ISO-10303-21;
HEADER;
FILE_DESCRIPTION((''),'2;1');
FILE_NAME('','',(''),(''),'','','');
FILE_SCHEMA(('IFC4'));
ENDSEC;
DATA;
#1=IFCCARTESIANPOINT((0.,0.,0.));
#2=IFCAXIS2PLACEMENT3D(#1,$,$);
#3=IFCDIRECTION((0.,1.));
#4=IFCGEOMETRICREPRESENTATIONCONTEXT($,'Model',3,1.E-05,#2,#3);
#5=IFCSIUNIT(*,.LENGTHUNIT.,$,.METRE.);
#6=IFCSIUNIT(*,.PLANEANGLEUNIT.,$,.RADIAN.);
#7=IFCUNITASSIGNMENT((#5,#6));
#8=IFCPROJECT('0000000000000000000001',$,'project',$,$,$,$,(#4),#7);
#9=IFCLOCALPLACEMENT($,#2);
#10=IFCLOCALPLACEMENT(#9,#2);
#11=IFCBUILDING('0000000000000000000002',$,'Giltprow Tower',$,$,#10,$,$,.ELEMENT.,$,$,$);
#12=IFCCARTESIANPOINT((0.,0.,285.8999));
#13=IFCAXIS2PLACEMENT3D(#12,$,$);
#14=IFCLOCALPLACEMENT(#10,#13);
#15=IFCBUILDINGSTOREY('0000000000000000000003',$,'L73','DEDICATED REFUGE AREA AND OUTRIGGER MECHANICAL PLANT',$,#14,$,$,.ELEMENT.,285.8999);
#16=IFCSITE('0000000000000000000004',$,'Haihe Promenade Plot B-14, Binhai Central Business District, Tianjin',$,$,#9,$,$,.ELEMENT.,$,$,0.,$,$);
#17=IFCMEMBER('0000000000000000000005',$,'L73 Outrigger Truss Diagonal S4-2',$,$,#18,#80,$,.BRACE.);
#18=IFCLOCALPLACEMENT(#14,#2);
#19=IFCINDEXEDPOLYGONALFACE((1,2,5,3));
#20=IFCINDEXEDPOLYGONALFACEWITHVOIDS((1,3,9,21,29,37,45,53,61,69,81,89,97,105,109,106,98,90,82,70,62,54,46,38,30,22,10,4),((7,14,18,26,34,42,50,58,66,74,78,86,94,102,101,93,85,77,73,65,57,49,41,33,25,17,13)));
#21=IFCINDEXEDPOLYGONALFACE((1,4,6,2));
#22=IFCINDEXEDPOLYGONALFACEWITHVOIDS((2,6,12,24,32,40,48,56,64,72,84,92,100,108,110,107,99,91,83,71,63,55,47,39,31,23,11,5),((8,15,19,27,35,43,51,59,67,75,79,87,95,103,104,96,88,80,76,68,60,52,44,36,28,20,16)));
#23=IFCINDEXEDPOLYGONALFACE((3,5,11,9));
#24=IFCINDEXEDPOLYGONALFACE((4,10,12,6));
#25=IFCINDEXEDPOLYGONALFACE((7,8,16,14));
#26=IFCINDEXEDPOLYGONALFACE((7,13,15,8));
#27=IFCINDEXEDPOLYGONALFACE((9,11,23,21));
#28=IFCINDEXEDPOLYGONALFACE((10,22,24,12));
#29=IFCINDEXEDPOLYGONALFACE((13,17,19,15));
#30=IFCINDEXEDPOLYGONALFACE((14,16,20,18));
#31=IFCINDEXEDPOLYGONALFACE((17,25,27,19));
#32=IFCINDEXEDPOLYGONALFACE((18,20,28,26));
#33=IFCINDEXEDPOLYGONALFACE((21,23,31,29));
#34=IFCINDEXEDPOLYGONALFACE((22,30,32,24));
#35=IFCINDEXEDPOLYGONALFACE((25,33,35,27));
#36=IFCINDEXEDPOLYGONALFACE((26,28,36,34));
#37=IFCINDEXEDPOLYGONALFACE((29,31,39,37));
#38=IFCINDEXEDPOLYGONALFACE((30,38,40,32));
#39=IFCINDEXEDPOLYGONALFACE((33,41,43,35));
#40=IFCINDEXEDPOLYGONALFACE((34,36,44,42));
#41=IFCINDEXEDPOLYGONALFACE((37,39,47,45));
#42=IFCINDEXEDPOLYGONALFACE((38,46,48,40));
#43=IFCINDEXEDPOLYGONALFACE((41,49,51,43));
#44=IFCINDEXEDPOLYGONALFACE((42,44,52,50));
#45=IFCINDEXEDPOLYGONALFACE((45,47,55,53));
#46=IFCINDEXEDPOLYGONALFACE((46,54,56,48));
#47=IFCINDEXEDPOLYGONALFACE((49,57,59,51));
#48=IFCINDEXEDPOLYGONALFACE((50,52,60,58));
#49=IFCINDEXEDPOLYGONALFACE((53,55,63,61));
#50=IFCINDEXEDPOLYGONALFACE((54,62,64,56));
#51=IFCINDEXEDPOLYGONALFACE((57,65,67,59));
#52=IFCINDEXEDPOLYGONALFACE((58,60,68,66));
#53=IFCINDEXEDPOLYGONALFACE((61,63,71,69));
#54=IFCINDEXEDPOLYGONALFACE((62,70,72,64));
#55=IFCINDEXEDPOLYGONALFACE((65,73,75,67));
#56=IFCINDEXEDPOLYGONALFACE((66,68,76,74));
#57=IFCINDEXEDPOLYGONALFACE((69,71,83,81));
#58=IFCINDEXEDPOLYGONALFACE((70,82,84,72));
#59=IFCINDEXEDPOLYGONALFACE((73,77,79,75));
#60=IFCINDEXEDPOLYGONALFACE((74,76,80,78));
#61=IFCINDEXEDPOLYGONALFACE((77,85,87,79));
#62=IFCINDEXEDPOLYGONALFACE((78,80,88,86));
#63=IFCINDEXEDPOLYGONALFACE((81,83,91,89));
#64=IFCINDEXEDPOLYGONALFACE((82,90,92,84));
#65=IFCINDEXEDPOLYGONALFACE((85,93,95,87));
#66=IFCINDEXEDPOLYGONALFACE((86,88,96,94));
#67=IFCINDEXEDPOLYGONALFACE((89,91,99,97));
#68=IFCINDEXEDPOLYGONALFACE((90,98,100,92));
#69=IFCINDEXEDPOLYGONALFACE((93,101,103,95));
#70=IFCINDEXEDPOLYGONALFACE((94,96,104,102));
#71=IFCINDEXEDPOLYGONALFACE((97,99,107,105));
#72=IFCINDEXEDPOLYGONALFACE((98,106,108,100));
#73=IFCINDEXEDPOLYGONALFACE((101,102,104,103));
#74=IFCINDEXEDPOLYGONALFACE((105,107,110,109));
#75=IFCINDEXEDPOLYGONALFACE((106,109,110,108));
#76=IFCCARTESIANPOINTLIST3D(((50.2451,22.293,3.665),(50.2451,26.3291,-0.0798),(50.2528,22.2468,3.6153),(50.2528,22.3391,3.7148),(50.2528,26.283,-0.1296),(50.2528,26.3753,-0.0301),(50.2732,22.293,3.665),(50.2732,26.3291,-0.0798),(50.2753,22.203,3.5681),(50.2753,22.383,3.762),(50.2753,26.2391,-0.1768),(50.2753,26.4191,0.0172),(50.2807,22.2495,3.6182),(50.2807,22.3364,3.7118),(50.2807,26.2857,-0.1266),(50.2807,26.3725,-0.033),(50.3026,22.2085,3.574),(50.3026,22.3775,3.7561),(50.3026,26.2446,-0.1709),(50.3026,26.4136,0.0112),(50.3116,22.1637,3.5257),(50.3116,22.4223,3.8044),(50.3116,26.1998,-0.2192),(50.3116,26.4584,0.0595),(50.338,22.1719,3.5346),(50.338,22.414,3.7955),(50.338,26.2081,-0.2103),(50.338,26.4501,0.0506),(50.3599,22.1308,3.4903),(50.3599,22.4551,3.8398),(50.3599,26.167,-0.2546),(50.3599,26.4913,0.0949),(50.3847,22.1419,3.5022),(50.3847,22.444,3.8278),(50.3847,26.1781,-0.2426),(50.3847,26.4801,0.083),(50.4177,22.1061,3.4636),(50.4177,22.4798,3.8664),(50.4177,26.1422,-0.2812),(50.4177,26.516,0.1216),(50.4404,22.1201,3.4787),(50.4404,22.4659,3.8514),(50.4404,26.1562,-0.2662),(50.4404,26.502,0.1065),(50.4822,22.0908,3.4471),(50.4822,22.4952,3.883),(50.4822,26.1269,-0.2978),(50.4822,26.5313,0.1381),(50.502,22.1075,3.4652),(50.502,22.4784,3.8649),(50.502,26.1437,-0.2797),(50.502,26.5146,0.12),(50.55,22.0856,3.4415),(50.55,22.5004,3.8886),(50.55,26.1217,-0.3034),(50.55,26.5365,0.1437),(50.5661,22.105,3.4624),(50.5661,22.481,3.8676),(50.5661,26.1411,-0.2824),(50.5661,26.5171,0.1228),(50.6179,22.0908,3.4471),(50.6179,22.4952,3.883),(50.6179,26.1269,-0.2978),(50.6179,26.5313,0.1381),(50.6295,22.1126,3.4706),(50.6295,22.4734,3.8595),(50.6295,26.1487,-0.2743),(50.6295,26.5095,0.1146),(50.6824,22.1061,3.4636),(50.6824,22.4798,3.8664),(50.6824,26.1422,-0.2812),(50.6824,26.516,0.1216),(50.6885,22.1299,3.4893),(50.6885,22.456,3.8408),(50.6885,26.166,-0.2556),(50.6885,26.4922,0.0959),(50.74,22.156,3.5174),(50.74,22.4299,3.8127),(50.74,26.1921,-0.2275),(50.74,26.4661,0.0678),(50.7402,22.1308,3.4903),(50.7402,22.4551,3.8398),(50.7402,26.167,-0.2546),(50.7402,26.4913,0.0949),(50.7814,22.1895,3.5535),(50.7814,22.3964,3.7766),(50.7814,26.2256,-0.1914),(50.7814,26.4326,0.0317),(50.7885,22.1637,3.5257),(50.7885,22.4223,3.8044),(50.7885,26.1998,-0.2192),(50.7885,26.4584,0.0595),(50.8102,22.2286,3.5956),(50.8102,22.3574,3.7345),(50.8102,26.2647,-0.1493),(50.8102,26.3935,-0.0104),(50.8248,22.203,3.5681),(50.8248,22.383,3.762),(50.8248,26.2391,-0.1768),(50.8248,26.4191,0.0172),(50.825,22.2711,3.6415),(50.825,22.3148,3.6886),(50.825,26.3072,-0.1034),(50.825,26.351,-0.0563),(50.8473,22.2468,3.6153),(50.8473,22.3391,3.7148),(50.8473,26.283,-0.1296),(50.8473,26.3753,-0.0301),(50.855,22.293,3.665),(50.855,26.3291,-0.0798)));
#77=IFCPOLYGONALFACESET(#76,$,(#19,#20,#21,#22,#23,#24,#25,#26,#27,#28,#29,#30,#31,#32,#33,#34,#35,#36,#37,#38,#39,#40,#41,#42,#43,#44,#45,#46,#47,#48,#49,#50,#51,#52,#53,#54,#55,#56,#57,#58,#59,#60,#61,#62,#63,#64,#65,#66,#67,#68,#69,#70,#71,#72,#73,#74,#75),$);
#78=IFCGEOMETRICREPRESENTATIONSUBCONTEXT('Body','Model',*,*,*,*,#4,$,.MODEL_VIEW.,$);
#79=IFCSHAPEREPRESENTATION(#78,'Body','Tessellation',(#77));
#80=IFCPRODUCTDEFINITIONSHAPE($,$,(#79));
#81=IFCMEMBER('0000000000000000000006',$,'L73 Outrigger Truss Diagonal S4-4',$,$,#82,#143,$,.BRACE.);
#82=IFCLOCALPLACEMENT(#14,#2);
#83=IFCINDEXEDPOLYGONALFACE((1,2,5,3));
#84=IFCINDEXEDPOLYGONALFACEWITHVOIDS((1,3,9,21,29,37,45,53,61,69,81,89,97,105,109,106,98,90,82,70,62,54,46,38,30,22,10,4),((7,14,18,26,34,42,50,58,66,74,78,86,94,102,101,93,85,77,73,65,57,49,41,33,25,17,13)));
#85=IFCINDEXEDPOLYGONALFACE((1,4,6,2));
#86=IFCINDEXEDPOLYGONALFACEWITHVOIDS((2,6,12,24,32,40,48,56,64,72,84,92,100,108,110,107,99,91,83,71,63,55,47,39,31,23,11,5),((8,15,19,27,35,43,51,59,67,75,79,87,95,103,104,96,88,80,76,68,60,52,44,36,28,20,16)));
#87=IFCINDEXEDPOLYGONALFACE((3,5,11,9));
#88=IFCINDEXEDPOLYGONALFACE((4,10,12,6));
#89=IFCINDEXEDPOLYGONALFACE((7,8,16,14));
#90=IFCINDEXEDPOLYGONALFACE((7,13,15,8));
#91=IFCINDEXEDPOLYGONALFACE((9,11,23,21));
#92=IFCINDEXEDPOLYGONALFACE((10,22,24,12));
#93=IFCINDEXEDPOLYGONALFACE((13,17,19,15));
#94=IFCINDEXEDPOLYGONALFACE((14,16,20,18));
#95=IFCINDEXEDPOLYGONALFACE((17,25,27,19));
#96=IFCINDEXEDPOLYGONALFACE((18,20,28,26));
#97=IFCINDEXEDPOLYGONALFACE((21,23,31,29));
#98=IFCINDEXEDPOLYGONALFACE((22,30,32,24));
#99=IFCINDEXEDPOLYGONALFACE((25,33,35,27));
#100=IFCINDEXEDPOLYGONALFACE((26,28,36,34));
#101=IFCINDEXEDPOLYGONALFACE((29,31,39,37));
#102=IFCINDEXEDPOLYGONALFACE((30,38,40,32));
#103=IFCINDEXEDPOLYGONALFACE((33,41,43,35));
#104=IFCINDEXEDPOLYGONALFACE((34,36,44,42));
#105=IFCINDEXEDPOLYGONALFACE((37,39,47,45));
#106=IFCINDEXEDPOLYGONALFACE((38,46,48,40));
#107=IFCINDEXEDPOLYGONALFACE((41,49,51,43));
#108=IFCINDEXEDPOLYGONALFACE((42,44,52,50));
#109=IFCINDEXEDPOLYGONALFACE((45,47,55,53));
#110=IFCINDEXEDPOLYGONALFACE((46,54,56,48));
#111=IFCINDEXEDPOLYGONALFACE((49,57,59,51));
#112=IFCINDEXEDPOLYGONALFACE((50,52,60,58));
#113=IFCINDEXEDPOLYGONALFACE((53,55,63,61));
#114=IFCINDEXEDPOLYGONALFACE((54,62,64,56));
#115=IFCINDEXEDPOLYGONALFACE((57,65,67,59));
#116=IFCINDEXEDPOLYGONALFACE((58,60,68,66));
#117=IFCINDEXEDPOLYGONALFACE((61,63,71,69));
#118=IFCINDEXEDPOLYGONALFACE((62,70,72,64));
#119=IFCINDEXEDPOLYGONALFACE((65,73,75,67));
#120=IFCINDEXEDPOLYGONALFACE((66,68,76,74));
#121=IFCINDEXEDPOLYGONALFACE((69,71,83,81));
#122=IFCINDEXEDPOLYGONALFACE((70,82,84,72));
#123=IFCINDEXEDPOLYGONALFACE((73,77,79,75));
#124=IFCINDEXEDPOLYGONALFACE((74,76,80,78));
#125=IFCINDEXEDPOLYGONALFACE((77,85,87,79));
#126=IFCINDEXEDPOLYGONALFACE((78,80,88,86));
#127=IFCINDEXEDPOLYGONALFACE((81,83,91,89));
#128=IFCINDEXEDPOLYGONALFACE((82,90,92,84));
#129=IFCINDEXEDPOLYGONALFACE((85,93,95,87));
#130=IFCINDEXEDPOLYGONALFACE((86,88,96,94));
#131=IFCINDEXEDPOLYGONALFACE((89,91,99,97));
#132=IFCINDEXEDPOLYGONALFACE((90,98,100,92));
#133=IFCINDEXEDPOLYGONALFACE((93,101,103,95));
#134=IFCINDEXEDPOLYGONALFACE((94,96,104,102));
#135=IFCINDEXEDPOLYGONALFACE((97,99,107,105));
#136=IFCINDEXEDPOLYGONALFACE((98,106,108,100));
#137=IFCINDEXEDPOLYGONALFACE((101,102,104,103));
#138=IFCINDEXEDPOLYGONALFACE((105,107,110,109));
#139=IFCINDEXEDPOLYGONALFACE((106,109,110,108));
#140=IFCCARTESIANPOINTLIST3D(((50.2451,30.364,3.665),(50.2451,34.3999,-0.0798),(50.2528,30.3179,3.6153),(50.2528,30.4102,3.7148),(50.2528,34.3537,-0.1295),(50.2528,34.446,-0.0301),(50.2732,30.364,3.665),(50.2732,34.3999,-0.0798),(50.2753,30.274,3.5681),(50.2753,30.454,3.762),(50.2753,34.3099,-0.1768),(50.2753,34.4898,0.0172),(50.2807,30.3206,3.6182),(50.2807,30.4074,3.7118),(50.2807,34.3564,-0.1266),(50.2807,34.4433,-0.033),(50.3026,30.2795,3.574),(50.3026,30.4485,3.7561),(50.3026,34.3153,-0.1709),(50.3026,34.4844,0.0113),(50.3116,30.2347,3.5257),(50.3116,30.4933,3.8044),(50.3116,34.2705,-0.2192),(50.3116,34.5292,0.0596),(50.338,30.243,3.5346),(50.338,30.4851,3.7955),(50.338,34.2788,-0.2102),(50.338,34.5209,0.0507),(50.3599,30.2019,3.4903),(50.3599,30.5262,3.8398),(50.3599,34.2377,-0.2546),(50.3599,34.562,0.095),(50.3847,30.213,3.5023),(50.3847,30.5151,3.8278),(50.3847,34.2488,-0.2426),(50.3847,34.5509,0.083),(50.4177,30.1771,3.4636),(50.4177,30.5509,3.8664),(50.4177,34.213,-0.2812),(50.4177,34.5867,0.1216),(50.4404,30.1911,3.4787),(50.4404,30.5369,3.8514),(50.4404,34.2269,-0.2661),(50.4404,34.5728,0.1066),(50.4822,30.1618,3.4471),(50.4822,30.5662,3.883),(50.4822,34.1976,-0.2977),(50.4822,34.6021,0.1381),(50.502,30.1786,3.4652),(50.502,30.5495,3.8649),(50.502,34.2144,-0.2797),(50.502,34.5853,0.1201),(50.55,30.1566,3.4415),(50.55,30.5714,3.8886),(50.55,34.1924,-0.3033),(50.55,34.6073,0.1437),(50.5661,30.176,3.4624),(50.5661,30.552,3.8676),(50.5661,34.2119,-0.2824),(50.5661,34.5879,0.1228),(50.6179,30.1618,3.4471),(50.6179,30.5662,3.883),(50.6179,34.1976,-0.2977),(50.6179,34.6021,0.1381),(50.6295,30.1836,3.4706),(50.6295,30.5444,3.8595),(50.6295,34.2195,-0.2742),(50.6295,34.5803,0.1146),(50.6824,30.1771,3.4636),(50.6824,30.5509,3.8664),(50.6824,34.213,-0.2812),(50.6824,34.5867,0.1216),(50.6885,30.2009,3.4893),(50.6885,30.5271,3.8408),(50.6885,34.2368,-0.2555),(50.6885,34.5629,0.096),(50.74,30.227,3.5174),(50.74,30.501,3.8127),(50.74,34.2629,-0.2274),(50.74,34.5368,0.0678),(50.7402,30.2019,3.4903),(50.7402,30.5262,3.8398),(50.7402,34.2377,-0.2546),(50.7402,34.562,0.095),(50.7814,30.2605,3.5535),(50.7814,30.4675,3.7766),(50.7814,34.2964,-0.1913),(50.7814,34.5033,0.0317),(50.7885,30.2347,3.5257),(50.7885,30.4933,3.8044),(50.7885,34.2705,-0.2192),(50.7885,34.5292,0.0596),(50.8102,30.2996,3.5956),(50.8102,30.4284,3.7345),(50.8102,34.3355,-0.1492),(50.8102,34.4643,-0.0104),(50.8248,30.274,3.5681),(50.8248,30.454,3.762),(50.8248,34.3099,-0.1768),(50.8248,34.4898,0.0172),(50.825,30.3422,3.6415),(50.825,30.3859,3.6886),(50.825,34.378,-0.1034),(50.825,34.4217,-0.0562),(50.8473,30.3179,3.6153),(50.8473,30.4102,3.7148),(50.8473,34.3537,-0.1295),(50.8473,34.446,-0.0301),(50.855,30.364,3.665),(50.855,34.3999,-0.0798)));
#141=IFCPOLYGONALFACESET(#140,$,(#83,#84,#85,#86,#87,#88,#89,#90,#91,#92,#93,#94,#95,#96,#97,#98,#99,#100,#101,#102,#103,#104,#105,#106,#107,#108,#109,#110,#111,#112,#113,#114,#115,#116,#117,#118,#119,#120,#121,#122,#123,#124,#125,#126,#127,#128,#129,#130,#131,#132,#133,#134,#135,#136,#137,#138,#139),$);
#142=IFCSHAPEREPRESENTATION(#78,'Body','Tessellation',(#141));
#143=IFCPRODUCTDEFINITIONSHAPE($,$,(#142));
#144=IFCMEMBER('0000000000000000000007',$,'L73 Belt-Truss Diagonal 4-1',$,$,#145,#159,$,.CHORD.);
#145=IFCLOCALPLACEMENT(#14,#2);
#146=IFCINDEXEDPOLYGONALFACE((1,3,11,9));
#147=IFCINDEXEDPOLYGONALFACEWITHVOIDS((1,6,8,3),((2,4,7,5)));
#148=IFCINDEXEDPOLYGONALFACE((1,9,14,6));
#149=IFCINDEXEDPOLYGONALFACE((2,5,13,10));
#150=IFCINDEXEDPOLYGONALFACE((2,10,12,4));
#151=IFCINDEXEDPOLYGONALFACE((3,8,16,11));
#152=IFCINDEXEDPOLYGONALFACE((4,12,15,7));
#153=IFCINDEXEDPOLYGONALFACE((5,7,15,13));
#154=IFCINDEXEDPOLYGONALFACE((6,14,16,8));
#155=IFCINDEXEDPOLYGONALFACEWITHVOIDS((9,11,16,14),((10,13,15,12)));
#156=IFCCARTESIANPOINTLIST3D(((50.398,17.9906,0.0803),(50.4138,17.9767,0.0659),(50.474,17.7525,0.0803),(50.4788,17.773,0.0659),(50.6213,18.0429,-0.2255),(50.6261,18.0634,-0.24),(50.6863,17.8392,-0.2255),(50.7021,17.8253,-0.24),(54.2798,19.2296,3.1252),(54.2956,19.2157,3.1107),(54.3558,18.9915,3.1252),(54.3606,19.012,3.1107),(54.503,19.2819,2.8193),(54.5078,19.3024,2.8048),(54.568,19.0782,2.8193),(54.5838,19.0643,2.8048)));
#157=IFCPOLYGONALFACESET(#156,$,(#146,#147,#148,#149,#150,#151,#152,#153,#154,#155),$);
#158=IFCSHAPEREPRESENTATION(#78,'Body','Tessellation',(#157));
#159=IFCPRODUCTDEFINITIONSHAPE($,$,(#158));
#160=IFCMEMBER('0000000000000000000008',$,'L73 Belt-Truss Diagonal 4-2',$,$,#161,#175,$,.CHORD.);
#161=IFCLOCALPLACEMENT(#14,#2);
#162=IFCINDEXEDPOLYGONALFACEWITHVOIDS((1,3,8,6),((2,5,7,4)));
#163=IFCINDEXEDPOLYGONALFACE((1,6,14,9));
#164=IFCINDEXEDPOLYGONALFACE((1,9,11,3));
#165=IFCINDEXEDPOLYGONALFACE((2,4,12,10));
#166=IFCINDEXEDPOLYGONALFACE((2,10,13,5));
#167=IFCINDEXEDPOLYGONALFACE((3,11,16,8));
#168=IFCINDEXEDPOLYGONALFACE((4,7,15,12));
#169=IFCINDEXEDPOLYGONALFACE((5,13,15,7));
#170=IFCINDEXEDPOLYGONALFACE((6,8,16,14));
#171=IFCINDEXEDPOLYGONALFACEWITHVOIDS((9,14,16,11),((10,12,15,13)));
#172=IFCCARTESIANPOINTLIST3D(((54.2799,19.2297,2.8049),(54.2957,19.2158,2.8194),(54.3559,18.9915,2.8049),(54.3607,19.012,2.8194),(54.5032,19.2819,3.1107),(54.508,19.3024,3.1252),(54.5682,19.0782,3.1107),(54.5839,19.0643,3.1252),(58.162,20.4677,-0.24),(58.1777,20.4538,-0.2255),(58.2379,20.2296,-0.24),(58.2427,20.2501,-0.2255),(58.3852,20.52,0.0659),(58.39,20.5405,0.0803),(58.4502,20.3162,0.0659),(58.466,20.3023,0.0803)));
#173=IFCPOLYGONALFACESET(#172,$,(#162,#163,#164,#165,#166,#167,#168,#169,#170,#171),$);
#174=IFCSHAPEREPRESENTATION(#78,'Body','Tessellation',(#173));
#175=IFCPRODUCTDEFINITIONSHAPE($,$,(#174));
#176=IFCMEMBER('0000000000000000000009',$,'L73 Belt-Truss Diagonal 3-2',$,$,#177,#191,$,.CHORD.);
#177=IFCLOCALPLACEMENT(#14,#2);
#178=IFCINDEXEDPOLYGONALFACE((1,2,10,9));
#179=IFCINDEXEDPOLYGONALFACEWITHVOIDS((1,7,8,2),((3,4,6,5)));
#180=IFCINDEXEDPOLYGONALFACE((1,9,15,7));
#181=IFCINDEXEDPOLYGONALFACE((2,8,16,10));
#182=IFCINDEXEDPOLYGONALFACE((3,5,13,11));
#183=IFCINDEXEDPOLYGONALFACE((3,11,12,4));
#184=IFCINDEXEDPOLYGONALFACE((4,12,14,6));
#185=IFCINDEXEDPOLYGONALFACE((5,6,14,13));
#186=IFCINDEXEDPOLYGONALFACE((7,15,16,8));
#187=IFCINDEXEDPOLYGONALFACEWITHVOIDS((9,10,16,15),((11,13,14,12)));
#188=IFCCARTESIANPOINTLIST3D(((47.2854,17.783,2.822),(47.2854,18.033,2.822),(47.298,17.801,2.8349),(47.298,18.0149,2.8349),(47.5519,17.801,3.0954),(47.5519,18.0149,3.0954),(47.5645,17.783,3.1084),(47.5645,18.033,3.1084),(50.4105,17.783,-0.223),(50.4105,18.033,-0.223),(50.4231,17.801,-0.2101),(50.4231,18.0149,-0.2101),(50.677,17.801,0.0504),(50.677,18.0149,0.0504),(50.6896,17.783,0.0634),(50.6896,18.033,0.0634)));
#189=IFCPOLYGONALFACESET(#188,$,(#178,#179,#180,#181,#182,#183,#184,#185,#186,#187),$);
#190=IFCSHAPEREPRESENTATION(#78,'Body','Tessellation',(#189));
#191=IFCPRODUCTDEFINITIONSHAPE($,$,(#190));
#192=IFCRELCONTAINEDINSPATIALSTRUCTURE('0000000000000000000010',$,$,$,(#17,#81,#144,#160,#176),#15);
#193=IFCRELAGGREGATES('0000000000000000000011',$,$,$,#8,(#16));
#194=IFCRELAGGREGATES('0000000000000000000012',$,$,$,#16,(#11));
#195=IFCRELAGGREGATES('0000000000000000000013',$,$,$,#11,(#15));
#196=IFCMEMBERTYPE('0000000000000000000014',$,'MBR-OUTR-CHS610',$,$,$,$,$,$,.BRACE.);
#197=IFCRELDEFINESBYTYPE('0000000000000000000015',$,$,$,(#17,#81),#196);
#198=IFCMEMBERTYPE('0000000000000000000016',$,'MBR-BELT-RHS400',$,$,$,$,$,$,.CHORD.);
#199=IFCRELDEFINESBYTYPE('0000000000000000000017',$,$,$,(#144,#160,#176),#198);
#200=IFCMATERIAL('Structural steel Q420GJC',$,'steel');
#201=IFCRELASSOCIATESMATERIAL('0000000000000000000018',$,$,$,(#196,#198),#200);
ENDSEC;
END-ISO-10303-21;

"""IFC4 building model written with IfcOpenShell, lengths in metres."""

from ifc_helpers import new_model, si_unit, direction, frame, origin, origin_2d, place, context, subcontext, project, spatial, hollow_rectangle, hollow_circle, extrude, source, transform, mapped, material, material_profile, profile_set, type_object, element, save


model = new_model("IFC4")

# Units and contexts
model_context = context("Model", 3, precision=1e-05, world=origin(), true_north=direction((0.0, 1.0)))
body_context = subcontext(model_context, "Body", "Model", "MODEL_VIEW")
ifc_project = project(units=[si_unit("LENGTHUNIT", "METRE"), si_unit("PLANEANGLEUNIT", "RADIAN")], contexts=[model_context])

# Site, building, storey
site_placement = place(None, origin())
site = spatial("IfcSite", under=ifc_project, at=site_placement, Name="Haihe Promenade Plot B-14, Binhai Central Business District, Tianjin", CompositionType="ELEMENT", RefElevation=0.0)
building_placement = place(site_placement, origin())
building = spatial("IfcBuilding", under=site, at=building_placement, Name="Giltprow Tower", CompositionType="ELEMENT")
storey_placement = place(building_placement, frame((0.0, 0.0, 285.8999)))
storey = spatial("IfcBuildingStorey", under=building, at=storey_placement, Name="L73", Description="DEDICATED REFUGE AREA AND OUTRIGGER MECHANICAL PLANT", CompositionType="ELEMENT", Elevation=285.8999)

# Shared definitions
ifc_material_1 = material(Name="Structural steel Q420GJC", Category="steel")

# Members
ifc_material_profile_1 = material_profile(ifc_material_1, hollow_circle(Radius=0.3049, WallThickness=0.0281, at=origin_2d()), Name="CHS 610x28")
ifc_profile_set_1 = profile_set([ifc_material_profile_1], Name="Structural steel Q420GJC")
member_type_1 = type_object("IfcMemberType", Name="MBR-OUTR-CHS610", PredefinedType="BRACE", material=ifc_profile_set_1)
shared_shape_1 = source(origin(), body_context, "Body", "SweptSolid", [
    extrude(hollow_circle(Radius=0.3049, WallThickness=0.0281, at=origin_2d()), origin(), (0.0, 0.0, 1.0), 5.5059),
])
member_1_placement = place(storey_placement, frame((50.55, 22.293, 3.665), z_axis=(0.0, 0.733062, -0.680162), x_axis=(-1.0, 0.0, 0.0)))
element("IfcMember", 1, at=member_1_placement, inside=storey, type_object=member_type_1, Name="L73 Outrigger Truss Diagonal S4-2", PredefinedType="BRACE", context=body_context, shape_type="MappedRepresentation", body=[
    mapped(shared_shape_1, transform((0.0, 0.0, 0.0), x_axis=(1.0, 0.0, 0.0), y_axis=(0.0, 1.0, 0.0), z_axis=(0.0, 0.0, 1.0), scale=1.0)),
])
shared_shape_2 = source(origin(), body_context, "Body", "SweptSolid", [
    extrude(hollow_circle(Radius=0.3049, WallThickness=0.0281, at=origin_2d()), origin(), (0.0, 0.0, 1.0), 5.5056),
])
member_2_placement = place(storey_placement, frame((50.55, 30.364, 3.665), z_axis=(0.0, 0.733041, -0.680184), x_axis=(-1.0, 0.0, 0.0)))
element("IfcMember", 2, at=member_2_placement, inside=storey, type_object=member_type_1, Name="L73 Outrigger Truss Diagonal S4-4", PredefinedType="BRACE", context=body_context, shape_type="MappedRepresentation", body=[
    mapped(shared_shape_2, transform((0.0, 0.0, 0.0), x_axis=(1.0, 0.0, 0.0), y_axis=(0.0, 1.0, 0.0), z_axis=(0.0, 0.0, 1.0), scale=1.0)),
])
ifc_material_profile_2 = material_profile(ifc_material_1, hollow_rectangle(XDim=0.25, YDim=0.3999, WallThickness=0.0181, at=origin_2d()), Name="RHS 400x250x18")
ifc_profile_set_2 = profile_set([ifc_material_profile_2], Name="Structural steel Q420GJC")
member_type_2 = type_object("IfcMemberType", Name="MBR-BELT-RHS400", PredefinedType="CHORD", material=ifc_profile_set_2)
shared_shape_3 = source(origin(), body_context, "Body", "SweptSolid", [
    extrude(hollow_rectangle(XDim=0.25, YDim=0.3999, WallThickness=0.0181, at=origin_2d()), origin(), (0.0, 0.0, 1.0), 5.0867),
])
for number, where, z_axis, x_axis, name in (
    (3, (50.55, 17.908, -0.0798), (0.763122, 0.243575, 0.598595), (-0.304069, 0.95265, 0.0), "L73 Belt-Truss Diagonal 4-1"),
    (4, (58.314, 20.385, -0.0798), (-0.763178, -0.243386, 0.598601), (0.303834, -0.952725, 0.0), "L73 Belt-Truss Diagonal 4-2"),
):
    element("IfcMember", number, at=place(storey_placement, frame(where, z_axis=z_axis, x_axis=x_axis)), inside=storey, type_object=member_type_2, Name=name, PredefinedType="CHORD", context=body_context, shape_type="MappedRepresentation", body=[
        mapped(shared_shape_3, transform((0.0, 0.0, 0.0), x_axis=(1.0, 0.0, 0.0), y_axis=(0.0, 1.0, 0.0), z_axis=(0.0, 0.0, 1.0), scale=1.0)),
    ])
shared_shape_4 = source(origin(), body_context, "Body", "SweptSolid", [
    extrude(hollow_rectangle(XDim=0.25, YDim=0.3999, WallThickness=0.0181, at=origin_2d()), origin(), (0.0, 0.0, 1.0), 4.3633),
])
member_3_placement = place(storey_placement, frame((50.55, 17.908, -0.0798), z_axis=(-0.716224, 0.0, 0.697871), x_axis=(0.0, -1.0, 0.0)))
element("IfcMember", 5, at=member_3_placement, inside=storey, type_object=member_type_2, Name="L73 Belt-Truss Diagonal 3-2", PredefinedType="CHORD", context=body_context, shape_type="MappedRepresentation", body=[
    mapped(shared_shape_4, transform((0.0, 0.0, 0.0), x_axis=(1.0, 0.0, 0.0), y_axis=(0.0, 1.0, 0.0), z_axis=(0.0, 0.0, 1.0), scale=1.0)),
])

save(model, "model.ifc")
